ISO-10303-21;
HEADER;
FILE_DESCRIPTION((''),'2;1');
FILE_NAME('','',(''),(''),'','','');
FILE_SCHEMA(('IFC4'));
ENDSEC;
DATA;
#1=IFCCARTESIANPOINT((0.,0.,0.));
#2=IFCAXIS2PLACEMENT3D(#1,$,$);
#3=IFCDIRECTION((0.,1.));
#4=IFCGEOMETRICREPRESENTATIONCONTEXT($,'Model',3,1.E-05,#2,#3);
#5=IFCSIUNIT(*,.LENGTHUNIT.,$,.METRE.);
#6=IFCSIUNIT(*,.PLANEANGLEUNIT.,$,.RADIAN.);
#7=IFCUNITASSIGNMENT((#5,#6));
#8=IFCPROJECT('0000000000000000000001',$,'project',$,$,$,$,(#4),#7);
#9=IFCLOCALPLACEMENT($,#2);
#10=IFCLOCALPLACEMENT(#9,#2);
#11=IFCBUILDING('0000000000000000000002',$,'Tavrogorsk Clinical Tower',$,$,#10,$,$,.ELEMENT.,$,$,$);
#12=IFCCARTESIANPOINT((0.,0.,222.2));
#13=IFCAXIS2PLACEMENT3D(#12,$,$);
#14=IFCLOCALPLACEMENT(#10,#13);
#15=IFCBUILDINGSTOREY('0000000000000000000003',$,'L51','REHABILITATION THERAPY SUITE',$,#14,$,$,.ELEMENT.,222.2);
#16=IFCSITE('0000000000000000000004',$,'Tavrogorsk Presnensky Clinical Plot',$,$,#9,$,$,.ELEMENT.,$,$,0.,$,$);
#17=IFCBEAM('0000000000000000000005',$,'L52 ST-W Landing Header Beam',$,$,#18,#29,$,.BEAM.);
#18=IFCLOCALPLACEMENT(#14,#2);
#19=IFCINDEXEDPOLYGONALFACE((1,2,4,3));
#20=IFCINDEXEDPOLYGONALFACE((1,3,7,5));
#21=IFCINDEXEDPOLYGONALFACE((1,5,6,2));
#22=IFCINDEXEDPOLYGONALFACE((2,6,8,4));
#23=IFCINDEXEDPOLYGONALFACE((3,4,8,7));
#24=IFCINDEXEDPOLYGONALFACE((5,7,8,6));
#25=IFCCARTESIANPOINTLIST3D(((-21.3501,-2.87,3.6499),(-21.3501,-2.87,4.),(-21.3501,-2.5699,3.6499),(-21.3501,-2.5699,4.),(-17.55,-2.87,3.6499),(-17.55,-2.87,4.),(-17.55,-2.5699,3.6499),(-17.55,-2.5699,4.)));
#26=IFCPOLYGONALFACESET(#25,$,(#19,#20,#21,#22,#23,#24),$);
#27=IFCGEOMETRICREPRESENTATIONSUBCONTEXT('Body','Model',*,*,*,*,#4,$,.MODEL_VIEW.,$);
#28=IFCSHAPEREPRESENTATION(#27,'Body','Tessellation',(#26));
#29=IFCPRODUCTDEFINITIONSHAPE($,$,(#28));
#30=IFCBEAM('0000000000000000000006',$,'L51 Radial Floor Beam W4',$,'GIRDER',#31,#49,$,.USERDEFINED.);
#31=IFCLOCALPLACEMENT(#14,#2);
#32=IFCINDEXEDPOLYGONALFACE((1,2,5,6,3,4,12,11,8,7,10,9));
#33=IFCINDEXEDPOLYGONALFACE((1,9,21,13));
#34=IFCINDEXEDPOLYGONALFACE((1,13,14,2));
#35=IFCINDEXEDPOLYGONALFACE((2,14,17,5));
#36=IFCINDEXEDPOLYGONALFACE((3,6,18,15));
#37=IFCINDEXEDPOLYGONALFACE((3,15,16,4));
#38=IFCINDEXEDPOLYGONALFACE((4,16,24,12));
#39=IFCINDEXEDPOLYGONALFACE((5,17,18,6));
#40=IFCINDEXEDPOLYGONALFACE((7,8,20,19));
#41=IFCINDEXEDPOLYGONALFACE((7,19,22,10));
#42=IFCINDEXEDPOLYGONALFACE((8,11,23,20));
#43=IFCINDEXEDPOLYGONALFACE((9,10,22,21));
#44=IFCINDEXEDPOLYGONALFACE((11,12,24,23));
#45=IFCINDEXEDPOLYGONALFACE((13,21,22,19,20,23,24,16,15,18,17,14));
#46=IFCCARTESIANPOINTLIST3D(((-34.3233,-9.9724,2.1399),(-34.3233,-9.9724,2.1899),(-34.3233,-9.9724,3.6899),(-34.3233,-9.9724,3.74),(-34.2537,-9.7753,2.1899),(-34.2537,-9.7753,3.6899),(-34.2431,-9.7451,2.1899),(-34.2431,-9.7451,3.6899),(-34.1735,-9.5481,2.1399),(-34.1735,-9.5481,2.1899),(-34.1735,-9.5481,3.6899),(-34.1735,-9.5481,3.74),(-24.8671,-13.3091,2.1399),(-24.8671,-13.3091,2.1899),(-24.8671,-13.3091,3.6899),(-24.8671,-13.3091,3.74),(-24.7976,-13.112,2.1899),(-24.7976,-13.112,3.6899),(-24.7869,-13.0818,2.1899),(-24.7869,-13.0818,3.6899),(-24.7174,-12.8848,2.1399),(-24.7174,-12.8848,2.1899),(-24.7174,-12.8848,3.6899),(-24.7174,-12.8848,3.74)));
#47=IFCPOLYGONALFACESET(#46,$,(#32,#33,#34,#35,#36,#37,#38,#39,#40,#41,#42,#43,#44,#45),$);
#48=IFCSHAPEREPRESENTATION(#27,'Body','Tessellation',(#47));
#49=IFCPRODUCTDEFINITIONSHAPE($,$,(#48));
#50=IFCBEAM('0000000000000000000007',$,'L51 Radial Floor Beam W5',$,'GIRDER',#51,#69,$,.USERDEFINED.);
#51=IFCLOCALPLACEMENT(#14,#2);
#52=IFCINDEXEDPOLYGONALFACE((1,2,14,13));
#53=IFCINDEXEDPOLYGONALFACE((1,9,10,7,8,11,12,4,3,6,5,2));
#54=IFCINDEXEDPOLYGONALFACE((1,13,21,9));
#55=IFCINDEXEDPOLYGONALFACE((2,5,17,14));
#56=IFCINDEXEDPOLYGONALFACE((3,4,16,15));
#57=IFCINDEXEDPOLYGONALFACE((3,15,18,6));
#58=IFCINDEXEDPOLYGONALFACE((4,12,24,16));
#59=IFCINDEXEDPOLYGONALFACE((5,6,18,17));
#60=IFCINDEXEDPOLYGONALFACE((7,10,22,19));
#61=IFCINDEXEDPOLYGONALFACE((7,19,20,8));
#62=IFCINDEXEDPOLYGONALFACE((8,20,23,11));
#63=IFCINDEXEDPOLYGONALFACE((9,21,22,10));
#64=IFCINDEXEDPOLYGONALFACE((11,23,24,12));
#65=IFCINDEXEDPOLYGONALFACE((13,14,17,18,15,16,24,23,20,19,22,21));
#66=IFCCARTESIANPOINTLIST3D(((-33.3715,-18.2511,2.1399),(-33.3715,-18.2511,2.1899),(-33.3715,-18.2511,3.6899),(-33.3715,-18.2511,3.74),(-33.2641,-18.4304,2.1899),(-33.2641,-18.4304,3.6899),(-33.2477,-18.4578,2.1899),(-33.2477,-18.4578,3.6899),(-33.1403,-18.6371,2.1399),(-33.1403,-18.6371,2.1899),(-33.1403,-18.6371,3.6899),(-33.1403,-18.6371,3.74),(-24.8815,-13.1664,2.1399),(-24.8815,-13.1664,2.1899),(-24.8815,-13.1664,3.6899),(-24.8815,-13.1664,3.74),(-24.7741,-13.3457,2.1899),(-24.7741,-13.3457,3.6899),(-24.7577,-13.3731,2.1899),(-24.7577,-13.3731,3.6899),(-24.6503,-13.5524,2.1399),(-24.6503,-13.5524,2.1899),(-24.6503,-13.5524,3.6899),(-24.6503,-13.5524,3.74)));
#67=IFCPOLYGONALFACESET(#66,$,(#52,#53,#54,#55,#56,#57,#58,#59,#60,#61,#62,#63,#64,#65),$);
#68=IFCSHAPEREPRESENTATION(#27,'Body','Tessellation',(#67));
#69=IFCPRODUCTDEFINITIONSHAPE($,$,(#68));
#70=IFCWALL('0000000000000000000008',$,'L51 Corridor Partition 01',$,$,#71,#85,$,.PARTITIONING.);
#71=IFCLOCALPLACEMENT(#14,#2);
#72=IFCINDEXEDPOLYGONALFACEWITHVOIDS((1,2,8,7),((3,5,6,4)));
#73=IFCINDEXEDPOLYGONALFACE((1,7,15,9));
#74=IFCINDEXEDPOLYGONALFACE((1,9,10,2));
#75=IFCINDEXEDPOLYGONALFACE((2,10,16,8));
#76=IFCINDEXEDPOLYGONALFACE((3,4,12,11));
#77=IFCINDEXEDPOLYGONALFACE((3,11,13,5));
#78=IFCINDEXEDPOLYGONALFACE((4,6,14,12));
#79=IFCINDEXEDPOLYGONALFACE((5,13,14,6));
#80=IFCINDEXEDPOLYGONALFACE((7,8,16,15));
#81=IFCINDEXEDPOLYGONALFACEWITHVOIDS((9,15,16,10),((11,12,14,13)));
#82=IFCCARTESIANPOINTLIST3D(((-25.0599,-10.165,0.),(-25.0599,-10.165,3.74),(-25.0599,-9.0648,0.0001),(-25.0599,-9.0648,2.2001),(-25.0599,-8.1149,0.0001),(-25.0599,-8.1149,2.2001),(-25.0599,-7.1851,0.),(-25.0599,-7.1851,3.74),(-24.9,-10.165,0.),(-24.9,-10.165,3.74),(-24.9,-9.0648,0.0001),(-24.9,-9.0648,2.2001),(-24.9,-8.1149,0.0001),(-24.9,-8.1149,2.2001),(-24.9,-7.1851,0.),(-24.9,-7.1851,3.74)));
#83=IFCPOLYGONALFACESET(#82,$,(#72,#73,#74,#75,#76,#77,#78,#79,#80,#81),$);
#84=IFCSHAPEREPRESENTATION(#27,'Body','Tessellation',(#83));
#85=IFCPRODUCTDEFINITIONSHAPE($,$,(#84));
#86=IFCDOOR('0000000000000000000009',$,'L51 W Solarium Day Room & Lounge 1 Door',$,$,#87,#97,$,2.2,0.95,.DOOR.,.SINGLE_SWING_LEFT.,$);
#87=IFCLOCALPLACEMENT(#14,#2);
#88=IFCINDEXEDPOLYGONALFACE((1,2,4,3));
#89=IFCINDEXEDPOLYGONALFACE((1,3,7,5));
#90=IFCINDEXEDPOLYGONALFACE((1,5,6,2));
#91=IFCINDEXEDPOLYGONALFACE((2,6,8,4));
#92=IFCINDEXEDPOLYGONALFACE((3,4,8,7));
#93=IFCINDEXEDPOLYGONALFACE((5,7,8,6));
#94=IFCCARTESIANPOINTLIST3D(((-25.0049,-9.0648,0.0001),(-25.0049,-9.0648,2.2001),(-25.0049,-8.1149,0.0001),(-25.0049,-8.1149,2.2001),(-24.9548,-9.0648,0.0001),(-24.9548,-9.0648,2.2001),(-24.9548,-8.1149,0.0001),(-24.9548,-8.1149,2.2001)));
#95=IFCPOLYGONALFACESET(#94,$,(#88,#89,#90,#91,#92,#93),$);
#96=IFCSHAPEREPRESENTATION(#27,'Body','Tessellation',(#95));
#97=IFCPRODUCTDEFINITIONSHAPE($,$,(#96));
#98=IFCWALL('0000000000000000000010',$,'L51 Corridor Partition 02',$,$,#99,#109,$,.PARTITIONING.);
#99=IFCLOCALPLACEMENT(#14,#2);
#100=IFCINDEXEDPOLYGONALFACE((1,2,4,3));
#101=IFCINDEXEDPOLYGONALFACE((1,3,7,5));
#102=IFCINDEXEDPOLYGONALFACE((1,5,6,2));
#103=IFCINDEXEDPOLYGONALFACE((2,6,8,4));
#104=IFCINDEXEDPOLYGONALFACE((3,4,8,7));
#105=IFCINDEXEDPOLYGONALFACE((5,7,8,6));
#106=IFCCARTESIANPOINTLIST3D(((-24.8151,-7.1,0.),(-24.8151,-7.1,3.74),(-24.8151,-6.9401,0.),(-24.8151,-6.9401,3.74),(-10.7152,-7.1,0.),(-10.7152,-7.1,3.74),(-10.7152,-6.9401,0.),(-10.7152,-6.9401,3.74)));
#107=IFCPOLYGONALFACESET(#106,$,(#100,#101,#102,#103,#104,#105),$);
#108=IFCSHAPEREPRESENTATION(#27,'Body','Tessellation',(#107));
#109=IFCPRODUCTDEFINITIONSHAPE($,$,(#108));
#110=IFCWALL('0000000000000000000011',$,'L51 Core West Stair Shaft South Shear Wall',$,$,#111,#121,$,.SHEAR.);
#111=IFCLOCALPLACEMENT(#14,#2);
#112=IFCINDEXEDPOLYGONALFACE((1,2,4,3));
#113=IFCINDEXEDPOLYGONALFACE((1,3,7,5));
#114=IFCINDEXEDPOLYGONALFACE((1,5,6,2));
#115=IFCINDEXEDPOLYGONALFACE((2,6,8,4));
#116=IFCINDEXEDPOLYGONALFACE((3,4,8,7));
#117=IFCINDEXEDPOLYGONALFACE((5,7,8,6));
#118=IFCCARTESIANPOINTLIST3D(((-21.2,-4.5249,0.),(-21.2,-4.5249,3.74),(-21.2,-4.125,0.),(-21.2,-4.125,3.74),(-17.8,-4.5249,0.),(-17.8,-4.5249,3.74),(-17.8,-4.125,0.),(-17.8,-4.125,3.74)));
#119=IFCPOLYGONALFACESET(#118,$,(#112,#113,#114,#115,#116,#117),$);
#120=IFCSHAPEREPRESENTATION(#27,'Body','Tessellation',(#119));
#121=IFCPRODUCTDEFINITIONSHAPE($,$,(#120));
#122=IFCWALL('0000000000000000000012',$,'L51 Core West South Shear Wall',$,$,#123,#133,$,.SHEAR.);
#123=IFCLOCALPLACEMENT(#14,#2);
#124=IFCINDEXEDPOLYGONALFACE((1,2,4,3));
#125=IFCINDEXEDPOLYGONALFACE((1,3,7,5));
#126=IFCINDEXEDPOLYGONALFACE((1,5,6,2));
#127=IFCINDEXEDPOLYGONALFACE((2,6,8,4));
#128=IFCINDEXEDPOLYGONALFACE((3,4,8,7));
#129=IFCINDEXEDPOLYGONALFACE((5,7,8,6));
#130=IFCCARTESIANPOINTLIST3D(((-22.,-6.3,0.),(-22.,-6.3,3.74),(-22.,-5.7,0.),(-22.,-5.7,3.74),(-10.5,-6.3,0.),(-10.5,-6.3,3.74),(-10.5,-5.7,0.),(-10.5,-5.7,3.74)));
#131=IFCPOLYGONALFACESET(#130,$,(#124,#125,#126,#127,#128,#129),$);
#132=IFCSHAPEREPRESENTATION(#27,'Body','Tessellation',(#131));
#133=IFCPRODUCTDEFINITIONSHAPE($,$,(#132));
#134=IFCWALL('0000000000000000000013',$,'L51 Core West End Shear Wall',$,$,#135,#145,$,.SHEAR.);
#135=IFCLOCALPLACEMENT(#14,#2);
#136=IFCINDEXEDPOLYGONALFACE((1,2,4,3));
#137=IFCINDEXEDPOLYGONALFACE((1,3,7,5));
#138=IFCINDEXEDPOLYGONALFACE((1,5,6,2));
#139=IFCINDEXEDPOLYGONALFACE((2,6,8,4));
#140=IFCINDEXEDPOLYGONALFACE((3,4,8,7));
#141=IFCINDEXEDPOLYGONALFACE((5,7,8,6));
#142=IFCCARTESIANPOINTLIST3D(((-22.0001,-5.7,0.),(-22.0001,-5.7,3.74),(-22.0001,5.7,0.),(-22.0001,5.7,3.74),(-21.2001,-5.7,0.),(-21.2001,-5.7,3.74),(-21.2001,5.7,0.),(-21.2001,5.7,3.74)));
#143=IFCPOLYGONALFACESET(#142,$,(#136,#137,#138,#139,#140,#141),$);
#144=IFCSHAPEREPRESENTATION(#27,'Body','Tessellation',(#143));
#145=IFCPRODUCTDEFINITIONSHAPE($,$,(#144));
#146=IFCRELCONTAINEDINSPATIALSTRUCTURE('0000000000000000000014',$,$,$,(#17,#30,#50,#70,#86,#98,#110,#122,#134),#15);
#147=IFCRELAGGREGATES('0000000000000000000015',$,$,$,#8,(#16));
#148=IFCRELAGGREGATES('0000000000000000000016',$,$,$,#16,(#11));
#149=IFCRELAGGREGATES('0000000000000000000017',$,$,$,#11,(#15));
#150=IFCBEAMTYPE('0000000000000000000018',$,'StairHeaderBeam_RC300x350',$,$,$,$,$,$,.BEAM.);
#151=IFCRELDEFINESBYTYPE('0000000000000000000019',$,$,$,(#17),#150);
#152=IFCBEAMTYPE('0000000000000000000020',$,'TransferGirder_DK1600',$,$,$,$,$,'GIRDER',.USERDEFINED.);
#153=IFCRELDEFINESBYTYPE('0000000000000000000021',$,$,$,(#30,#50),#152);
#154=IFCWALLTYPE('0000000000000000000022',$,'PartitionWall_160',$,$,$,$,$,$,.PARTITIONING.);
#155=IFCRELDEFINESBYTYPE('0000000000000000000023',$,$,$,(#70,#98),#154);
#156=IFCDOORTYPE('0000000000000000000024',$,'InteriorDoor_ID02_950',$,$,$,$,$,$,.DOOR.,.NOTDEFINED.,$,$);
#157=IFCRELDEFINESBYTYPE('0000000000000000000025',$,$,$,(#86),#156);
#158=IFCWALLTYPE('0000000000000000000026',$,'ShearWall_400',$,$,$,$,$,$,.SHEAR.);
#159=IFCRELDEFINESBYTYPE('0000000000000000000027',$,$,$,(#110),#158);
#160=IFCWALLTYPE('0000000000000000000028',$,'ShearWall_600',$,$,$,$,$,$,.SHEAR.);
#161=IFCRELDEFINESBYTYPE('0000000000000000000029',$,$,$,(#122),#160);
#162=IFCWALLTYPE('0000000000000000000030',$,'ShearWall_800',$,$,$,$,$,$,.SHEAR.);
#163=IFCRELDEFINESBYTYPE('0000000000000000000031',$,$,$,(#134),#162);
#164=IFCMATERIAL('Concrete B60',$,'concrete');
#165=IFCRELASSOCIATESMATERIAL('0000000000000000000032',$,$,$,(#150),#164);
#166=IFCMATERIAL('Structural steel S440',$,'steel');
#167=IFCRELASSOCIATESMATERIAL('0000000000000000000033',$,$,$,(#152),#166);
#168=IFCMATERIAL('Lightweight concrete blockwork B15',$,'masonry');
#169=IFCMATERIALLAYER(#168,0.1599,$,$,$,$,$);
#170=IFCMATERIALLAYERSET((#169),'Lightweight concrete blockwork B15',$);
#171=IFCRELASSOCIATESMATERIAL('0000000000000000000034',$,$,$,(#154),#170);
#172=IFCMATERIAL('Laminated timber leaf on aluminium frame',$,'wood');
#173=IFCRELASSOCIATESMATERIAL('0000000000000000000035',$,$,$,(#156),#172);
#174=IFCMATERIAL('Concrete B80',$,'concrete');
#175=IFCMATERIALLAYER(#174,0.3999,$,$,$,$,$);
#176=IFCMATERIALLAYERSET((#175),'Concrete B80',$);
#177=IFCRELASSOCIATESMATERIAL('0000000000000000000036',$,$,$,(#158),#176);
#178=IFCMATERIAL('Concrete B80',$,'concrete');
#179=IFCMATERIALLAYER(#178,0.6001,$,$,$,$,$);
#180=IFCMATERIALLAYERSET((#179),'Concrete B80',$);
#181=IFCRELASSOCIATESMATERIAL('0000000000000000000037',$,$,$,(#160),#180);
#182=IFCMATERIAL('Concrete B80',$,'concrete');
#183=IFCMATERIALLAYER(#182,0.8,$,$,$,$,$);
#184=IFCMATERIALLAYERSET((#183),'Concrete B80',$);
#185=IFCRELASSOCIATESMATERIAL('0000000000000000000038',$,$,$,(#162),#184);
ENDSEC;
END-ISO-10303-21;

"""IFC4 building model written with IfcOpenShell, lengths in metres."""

from ifc_helpers import new_model, si_unit, direction, frame, frame_2d, origin, origin_2d, place, context, subcontext, project, spatial, rectangle, i_section, extrude, material, layer, layer_set, material_profile, profile_set, type_object, element, fill, save


model = new_model("IFC4")

# Units and contexts
model_context = context("Model", 3, precision=1e-05, world=origin(), true_north=direction((0.0, 1.0)))
body_context = subcontext(model_context, "Body", "Model", "MODEL_VIEW")
ifc_project = project(units=[si_unit("LENGTHUNIT", "METRE"), si_unit("PLANEANGLEUNIT", "RADIAN")], contexts=[model_context])

# Site, building, storey
site_placement = place(None, origin())
site = spatial("IfcSite", under=ifc_project, at=site_placement, Name="Tavrogorsk Presnensky Clinical Plot", CompositionType="ELEMENT", RefElevation=0.0)
building_placement = place(site_placement, origin())
building = spatial("IfcBuilding", under=site, at=building_placement, Name="Tavrogorsk Clinical Tower", CompositionType="ELEMENT")
storey_placement = place(building_placement, frame((0.0, 0.0, 222.2)))
storey = spatial("IfcBuildingStorey", under=building, at=storey_placement, Name="L51", Description="REHABILITATION THERAPY SUITE", CompositionType="ELEMENT", Elevation=222.2)

# Beams
ifc_material_1 = material(Name="Concrete B60", Category="concrete")
ifc_material_profile_1 = material_profile(ifc_material_1, rectangle(XDim=0.3, YDim=0.3501, at=origin_2d()), Name="RC-SHB-300x350")
ifc_profile_set_1 = profile_set([ifc_material_profile_1], Name="Concrete B60")
beam_type_1 = type_object("IfcBeamType", Name="StairHeaderBeam_RC300x350", PredefinedType="BEAM", material=ifc_profile_set_1)
beam_1_placement = place(storey_placement, frame((-21.3501, -2.72, 3.825), z_axis=(1.0, 0.0, 0.0), x_axis=(0.0, 1.0, 0.0)))
element("IfcBeam", 1, at=beam_1_placement, inside=storey, type_object=beam_type_1, Name="L52 ST-W Landing Header Beam", PredefinedType="BEAM", context=body_context, shape_type="SweptSolid", body=[
    extrude(rectangle(XDim=0.3, YDim=0.3501, at=origin_2d()), origin(), (0.0, 0.0, 1.0), 3.8),
])
ifc_material_2 = material(Name="Structural steel S440", Category="steel")
ifc_material_profile_2 = material_profile(ifc_material_2, i_section(OverallWidth=0.45, OverallDepth=1.6001, WebThickness=0.032, FlangeThickness=0.05, at=origin_2d()), Name="DK-1600x450x32x50")
ifc_profile_set_2 = profile_set([ifc_material_profile_2], Name="Structural steel S440")
beam_type_2 = type_object("IfcBeamType", Name="TransferGirder_DK1600", ElementType="GIRDER", PredefinedType="USERDEFINED", material=ifc_profile_set_2)
beam_2_placement = place(storey_placement, frame((-24.7922, -13.0969, 2.9399), z_axis=(-0.943014, 0.332753, 0.0), x_axis=(-0.332753, -0.943014, 0.0)))
element("IfcBeam", 2, at=beam_2_placement, inside=storey, type_object=beam_type_2, Name="L51 Radial Floor Beam W4", ObjectType="GIRDER", PredefinedType="USERDEFINED", context=body_context, shape_type="SweptSolid", body=[
    extrude(i_section(OverallWidth=0.45, OverallDepth=1.6001, WebThickness=0.032, FlangeThickness=0.05, at=origin_2d()), origin(), (0.0, 0.0, 1.0), 10.0276),
])
beam_3_placement = place(storey_placement, frame((-24.7659, -13.3594, 2.9399), z_axis=(-0.857906, -0.513806, 0.0), x_axis=(0.513806, -0.857906, 0.0)))
element("IfcBeam", 3, at=beam_3_placement, inside=storey, type_object=beam_type_2, Name="L51 Radial Floor Beam W5", ObjectType="GIRDER", PredefinedType="USERDEFINED", context=body_context, shape_type="SweptSolid", body=[
    extrude(i_section(OverallWidth=0.45, OverallDepth=1.6001, WebThickness=0.032, FlangeThickness=0.05, at=origin_2d()), origin(), (0.0, 0.0, 1.0), 9.8962),
])

# Wall, opening, door
ifc_material_3 = material(Name="Lightweight concrete blockwork B15", Category="masonry")
ifc_layer_1 = layer(ifc_material_3, 0.1599)
ifc_layer_set_1 = layer_set([ifc_layer_1], Name="Lightweight concrete blockwork B15")
wall_type_1 = type_object("IfcWallType", Name="PartitionWall_160", PredefinedType="PARTITIONING", material=ifc_layer_set_1)
wall_1_placement = place(storey_placement, frame((-24.98, -10.165, 0.0), z_axis=(0.0, 0.0, 1.0), x_axis=(0.0, 1.0, 0.0)))
wall_1 = element("IfcWall", 4, at=wall_1_placement, inside=storey, type_object=wall_type_1, Name="L51 Corridor Partition 01", PredefinedType="PARTITIONING", context=body_context, shape_type="SweptSolid", body=[
    extrude(rectangle(XDim=2.98, YDim=0.1599, at=frame_2d((1.49, 0.0))), origin(), (0.0, 0.0, 1.0), 3.74),
])
opening_placement = place(wall_1_placement, frame((1.1001, 0.0, 0.0)))
opening = element("IfcOpeningElement", 5, at=opening_placement, cuts=wall_1, PredefinedType="OPENING", context=body_context, shape_type="SweptSolid", body=[
    extrude(rectangle(XDim=0.95, YDim=2.2, at=frame_2d((0.4751, 1.1001))), frame((0.0, 0.0898, 0.0), z_axis=(0.0, -1.0, 0.0), x_axis=(1.0, 0.0, 0.0)), (0.0, 0.0, 1.0), 0.1799),
])
ifc_material_4 = material(Name="Laminated timber leaf on aluminium frame", Category="wood")
door_type = type_object("IfcDoorType", Name="InteriorDoor_ID02_950", OperationType="NOTDEFINED", PredefinedType="DOOR", material=ifc_material_4)
door_placement = place(opening_placement, origin())
door = element("IfcDoor", 6, at=door_placement, inside=storey, type_object=door_type, Name="L51 W Solarium Day Room & Lounge 1 Door", OperationType="SINGLE_SWING_LEFT", OverallHeight=2.2, OverallWidth=0.95, PredefinedType="DOOR", context=body_context, shape_type="SweptSolid", body=[
    extrude(rectangle(XDim=0.95, YDim=2.2, at=frame_2d((0.4751, 1.1001))), frame((0.0, 0.0249, 0.0), z_axis=(0.0, -1.0, 0.0), x_axis=(1.0, 0.0, 0.0)), (0.0, 0.0, 1.0), 0.05),
])
fill(opening, door)

# Walls
wall_2_placement = place(storey_placement, frame((-24.8149, -7.02, 0.0), z_axis=(0.0, 0.0, 1.0), x_axis=(1.0, 0.0, 0.0)))
element("IfcWall", 7, at=wall_2_placement, inside=storey, type_object=wall_type_1, Name="L51 Corridor Partition 02", PredefinedType="PARTITIONING", context=body_context, shape_type="SweptSolid", body=[
    extrude(rectangle(XDim=14.0999, YDim=0.1599, at=frame_2d((7.0498, 0.0))), origin(), (0.0, 0.0, 1.0), 3.74),
])
ifc_material_5 = material(Name="Concrete B80", Category="concrete")
ifc_layer_2 = layer(ifc_material_5, 0.3999)
ifc_layer_set_2 = layer_set([ifc_layer_2], Name="Concrete B80")
wall_type_2 = type_object("IfcWallType", Name="ShearWall_400", PredefinedType="SHEAR", material=ifc_layer_set_2)
wall_3_placement = place(storey_placement, frame((-21.2, -4.325, 0.0), z_axis=(0.0, 0.0, 1.0), x_axis=(1.0, 0.0, 0.0)))
element("IfcWall", 8, at=wall_3_placement, inside=storey, type_object=wall_type_2, Name="L51 Core West Stair Shaft South Shear Wall", PredefinedType="SHEAR", context=body_context, shape_type="SweptSolid", body=[
    extrude(rectangle(XDim=3.3999, YDim=0.3999, at=frame_2d((1.7, 0.0))), origin(), (0.0, 0.0, 1.0), 3.74),
])
ifc_material_6 = material(Name="Concrete B80", Category="concrete")
ifc_layer_3 = layer(ifc_material_6, 0.6001)
ifc_layer_set_3 = layer_set([ifc_layer_3], Name="Concrete B80")
wall_type_3 = type_object("IfcWallType", Name="ShearWall_600", PredefinedType="SHEAR", material=ifc_layer_set_3)
wall_4_placement = place(storey_placement, frame((-22.0, -6.0, 0.0), z_axis=(0.0, 0.0, 1.0), x_axis=(1.0, 0.0, 0.0)))
element("IfcWall", 9, at=wall_4_placement, inside=storey, type_object=wall_type_3, Name="L51 Core West South Shear Wall", PredefinedType="SHEAR", context=body_context, shape_type="SweptSolid", body=[
    extrude(rectangle(XDim=11.5, YDim=0.6001, at=frame_2d((5.75, 0.0))), origin(), (0.0, 0.0, 1.0), 3.74),
])
ifc_material_7 = material(Name="Concrete B80", Category="concrete")
ifc_layer_4 = layer(ifc_material_7, 0.8)
ifc_layer_set_4 = layer_set([ifc_layer_4], Name="Concrete B80")
wall_type_4 = type_object("IfcWallType", Name="ShearWall_800", PredefinedType="SHEAR", material=ifc_layer_set_4)
wall_5_placement = place(storey_placement, frame((-21.6001, -5.7, 0.0), z_axis=(0.0, 0.0, 1.0), x_axis=(0.0, 1.0, 0.0)))
element("IfcWall", 10, at=wall_5_placement, inside=storey, type_object=wall_type_4, Name="L51 Core West End Shear Wall", PredefinedType="SHEAR", context=body_context, shape_type="SweptSolid", body=[
    extrude(rectangle(XDim=11.3999, YDim=0.8, at=frame_2d((5.7, 0.0))), origin(), (0.0, 0.0, 1.0), 3.74),
])

save(model, "model.ifc")
